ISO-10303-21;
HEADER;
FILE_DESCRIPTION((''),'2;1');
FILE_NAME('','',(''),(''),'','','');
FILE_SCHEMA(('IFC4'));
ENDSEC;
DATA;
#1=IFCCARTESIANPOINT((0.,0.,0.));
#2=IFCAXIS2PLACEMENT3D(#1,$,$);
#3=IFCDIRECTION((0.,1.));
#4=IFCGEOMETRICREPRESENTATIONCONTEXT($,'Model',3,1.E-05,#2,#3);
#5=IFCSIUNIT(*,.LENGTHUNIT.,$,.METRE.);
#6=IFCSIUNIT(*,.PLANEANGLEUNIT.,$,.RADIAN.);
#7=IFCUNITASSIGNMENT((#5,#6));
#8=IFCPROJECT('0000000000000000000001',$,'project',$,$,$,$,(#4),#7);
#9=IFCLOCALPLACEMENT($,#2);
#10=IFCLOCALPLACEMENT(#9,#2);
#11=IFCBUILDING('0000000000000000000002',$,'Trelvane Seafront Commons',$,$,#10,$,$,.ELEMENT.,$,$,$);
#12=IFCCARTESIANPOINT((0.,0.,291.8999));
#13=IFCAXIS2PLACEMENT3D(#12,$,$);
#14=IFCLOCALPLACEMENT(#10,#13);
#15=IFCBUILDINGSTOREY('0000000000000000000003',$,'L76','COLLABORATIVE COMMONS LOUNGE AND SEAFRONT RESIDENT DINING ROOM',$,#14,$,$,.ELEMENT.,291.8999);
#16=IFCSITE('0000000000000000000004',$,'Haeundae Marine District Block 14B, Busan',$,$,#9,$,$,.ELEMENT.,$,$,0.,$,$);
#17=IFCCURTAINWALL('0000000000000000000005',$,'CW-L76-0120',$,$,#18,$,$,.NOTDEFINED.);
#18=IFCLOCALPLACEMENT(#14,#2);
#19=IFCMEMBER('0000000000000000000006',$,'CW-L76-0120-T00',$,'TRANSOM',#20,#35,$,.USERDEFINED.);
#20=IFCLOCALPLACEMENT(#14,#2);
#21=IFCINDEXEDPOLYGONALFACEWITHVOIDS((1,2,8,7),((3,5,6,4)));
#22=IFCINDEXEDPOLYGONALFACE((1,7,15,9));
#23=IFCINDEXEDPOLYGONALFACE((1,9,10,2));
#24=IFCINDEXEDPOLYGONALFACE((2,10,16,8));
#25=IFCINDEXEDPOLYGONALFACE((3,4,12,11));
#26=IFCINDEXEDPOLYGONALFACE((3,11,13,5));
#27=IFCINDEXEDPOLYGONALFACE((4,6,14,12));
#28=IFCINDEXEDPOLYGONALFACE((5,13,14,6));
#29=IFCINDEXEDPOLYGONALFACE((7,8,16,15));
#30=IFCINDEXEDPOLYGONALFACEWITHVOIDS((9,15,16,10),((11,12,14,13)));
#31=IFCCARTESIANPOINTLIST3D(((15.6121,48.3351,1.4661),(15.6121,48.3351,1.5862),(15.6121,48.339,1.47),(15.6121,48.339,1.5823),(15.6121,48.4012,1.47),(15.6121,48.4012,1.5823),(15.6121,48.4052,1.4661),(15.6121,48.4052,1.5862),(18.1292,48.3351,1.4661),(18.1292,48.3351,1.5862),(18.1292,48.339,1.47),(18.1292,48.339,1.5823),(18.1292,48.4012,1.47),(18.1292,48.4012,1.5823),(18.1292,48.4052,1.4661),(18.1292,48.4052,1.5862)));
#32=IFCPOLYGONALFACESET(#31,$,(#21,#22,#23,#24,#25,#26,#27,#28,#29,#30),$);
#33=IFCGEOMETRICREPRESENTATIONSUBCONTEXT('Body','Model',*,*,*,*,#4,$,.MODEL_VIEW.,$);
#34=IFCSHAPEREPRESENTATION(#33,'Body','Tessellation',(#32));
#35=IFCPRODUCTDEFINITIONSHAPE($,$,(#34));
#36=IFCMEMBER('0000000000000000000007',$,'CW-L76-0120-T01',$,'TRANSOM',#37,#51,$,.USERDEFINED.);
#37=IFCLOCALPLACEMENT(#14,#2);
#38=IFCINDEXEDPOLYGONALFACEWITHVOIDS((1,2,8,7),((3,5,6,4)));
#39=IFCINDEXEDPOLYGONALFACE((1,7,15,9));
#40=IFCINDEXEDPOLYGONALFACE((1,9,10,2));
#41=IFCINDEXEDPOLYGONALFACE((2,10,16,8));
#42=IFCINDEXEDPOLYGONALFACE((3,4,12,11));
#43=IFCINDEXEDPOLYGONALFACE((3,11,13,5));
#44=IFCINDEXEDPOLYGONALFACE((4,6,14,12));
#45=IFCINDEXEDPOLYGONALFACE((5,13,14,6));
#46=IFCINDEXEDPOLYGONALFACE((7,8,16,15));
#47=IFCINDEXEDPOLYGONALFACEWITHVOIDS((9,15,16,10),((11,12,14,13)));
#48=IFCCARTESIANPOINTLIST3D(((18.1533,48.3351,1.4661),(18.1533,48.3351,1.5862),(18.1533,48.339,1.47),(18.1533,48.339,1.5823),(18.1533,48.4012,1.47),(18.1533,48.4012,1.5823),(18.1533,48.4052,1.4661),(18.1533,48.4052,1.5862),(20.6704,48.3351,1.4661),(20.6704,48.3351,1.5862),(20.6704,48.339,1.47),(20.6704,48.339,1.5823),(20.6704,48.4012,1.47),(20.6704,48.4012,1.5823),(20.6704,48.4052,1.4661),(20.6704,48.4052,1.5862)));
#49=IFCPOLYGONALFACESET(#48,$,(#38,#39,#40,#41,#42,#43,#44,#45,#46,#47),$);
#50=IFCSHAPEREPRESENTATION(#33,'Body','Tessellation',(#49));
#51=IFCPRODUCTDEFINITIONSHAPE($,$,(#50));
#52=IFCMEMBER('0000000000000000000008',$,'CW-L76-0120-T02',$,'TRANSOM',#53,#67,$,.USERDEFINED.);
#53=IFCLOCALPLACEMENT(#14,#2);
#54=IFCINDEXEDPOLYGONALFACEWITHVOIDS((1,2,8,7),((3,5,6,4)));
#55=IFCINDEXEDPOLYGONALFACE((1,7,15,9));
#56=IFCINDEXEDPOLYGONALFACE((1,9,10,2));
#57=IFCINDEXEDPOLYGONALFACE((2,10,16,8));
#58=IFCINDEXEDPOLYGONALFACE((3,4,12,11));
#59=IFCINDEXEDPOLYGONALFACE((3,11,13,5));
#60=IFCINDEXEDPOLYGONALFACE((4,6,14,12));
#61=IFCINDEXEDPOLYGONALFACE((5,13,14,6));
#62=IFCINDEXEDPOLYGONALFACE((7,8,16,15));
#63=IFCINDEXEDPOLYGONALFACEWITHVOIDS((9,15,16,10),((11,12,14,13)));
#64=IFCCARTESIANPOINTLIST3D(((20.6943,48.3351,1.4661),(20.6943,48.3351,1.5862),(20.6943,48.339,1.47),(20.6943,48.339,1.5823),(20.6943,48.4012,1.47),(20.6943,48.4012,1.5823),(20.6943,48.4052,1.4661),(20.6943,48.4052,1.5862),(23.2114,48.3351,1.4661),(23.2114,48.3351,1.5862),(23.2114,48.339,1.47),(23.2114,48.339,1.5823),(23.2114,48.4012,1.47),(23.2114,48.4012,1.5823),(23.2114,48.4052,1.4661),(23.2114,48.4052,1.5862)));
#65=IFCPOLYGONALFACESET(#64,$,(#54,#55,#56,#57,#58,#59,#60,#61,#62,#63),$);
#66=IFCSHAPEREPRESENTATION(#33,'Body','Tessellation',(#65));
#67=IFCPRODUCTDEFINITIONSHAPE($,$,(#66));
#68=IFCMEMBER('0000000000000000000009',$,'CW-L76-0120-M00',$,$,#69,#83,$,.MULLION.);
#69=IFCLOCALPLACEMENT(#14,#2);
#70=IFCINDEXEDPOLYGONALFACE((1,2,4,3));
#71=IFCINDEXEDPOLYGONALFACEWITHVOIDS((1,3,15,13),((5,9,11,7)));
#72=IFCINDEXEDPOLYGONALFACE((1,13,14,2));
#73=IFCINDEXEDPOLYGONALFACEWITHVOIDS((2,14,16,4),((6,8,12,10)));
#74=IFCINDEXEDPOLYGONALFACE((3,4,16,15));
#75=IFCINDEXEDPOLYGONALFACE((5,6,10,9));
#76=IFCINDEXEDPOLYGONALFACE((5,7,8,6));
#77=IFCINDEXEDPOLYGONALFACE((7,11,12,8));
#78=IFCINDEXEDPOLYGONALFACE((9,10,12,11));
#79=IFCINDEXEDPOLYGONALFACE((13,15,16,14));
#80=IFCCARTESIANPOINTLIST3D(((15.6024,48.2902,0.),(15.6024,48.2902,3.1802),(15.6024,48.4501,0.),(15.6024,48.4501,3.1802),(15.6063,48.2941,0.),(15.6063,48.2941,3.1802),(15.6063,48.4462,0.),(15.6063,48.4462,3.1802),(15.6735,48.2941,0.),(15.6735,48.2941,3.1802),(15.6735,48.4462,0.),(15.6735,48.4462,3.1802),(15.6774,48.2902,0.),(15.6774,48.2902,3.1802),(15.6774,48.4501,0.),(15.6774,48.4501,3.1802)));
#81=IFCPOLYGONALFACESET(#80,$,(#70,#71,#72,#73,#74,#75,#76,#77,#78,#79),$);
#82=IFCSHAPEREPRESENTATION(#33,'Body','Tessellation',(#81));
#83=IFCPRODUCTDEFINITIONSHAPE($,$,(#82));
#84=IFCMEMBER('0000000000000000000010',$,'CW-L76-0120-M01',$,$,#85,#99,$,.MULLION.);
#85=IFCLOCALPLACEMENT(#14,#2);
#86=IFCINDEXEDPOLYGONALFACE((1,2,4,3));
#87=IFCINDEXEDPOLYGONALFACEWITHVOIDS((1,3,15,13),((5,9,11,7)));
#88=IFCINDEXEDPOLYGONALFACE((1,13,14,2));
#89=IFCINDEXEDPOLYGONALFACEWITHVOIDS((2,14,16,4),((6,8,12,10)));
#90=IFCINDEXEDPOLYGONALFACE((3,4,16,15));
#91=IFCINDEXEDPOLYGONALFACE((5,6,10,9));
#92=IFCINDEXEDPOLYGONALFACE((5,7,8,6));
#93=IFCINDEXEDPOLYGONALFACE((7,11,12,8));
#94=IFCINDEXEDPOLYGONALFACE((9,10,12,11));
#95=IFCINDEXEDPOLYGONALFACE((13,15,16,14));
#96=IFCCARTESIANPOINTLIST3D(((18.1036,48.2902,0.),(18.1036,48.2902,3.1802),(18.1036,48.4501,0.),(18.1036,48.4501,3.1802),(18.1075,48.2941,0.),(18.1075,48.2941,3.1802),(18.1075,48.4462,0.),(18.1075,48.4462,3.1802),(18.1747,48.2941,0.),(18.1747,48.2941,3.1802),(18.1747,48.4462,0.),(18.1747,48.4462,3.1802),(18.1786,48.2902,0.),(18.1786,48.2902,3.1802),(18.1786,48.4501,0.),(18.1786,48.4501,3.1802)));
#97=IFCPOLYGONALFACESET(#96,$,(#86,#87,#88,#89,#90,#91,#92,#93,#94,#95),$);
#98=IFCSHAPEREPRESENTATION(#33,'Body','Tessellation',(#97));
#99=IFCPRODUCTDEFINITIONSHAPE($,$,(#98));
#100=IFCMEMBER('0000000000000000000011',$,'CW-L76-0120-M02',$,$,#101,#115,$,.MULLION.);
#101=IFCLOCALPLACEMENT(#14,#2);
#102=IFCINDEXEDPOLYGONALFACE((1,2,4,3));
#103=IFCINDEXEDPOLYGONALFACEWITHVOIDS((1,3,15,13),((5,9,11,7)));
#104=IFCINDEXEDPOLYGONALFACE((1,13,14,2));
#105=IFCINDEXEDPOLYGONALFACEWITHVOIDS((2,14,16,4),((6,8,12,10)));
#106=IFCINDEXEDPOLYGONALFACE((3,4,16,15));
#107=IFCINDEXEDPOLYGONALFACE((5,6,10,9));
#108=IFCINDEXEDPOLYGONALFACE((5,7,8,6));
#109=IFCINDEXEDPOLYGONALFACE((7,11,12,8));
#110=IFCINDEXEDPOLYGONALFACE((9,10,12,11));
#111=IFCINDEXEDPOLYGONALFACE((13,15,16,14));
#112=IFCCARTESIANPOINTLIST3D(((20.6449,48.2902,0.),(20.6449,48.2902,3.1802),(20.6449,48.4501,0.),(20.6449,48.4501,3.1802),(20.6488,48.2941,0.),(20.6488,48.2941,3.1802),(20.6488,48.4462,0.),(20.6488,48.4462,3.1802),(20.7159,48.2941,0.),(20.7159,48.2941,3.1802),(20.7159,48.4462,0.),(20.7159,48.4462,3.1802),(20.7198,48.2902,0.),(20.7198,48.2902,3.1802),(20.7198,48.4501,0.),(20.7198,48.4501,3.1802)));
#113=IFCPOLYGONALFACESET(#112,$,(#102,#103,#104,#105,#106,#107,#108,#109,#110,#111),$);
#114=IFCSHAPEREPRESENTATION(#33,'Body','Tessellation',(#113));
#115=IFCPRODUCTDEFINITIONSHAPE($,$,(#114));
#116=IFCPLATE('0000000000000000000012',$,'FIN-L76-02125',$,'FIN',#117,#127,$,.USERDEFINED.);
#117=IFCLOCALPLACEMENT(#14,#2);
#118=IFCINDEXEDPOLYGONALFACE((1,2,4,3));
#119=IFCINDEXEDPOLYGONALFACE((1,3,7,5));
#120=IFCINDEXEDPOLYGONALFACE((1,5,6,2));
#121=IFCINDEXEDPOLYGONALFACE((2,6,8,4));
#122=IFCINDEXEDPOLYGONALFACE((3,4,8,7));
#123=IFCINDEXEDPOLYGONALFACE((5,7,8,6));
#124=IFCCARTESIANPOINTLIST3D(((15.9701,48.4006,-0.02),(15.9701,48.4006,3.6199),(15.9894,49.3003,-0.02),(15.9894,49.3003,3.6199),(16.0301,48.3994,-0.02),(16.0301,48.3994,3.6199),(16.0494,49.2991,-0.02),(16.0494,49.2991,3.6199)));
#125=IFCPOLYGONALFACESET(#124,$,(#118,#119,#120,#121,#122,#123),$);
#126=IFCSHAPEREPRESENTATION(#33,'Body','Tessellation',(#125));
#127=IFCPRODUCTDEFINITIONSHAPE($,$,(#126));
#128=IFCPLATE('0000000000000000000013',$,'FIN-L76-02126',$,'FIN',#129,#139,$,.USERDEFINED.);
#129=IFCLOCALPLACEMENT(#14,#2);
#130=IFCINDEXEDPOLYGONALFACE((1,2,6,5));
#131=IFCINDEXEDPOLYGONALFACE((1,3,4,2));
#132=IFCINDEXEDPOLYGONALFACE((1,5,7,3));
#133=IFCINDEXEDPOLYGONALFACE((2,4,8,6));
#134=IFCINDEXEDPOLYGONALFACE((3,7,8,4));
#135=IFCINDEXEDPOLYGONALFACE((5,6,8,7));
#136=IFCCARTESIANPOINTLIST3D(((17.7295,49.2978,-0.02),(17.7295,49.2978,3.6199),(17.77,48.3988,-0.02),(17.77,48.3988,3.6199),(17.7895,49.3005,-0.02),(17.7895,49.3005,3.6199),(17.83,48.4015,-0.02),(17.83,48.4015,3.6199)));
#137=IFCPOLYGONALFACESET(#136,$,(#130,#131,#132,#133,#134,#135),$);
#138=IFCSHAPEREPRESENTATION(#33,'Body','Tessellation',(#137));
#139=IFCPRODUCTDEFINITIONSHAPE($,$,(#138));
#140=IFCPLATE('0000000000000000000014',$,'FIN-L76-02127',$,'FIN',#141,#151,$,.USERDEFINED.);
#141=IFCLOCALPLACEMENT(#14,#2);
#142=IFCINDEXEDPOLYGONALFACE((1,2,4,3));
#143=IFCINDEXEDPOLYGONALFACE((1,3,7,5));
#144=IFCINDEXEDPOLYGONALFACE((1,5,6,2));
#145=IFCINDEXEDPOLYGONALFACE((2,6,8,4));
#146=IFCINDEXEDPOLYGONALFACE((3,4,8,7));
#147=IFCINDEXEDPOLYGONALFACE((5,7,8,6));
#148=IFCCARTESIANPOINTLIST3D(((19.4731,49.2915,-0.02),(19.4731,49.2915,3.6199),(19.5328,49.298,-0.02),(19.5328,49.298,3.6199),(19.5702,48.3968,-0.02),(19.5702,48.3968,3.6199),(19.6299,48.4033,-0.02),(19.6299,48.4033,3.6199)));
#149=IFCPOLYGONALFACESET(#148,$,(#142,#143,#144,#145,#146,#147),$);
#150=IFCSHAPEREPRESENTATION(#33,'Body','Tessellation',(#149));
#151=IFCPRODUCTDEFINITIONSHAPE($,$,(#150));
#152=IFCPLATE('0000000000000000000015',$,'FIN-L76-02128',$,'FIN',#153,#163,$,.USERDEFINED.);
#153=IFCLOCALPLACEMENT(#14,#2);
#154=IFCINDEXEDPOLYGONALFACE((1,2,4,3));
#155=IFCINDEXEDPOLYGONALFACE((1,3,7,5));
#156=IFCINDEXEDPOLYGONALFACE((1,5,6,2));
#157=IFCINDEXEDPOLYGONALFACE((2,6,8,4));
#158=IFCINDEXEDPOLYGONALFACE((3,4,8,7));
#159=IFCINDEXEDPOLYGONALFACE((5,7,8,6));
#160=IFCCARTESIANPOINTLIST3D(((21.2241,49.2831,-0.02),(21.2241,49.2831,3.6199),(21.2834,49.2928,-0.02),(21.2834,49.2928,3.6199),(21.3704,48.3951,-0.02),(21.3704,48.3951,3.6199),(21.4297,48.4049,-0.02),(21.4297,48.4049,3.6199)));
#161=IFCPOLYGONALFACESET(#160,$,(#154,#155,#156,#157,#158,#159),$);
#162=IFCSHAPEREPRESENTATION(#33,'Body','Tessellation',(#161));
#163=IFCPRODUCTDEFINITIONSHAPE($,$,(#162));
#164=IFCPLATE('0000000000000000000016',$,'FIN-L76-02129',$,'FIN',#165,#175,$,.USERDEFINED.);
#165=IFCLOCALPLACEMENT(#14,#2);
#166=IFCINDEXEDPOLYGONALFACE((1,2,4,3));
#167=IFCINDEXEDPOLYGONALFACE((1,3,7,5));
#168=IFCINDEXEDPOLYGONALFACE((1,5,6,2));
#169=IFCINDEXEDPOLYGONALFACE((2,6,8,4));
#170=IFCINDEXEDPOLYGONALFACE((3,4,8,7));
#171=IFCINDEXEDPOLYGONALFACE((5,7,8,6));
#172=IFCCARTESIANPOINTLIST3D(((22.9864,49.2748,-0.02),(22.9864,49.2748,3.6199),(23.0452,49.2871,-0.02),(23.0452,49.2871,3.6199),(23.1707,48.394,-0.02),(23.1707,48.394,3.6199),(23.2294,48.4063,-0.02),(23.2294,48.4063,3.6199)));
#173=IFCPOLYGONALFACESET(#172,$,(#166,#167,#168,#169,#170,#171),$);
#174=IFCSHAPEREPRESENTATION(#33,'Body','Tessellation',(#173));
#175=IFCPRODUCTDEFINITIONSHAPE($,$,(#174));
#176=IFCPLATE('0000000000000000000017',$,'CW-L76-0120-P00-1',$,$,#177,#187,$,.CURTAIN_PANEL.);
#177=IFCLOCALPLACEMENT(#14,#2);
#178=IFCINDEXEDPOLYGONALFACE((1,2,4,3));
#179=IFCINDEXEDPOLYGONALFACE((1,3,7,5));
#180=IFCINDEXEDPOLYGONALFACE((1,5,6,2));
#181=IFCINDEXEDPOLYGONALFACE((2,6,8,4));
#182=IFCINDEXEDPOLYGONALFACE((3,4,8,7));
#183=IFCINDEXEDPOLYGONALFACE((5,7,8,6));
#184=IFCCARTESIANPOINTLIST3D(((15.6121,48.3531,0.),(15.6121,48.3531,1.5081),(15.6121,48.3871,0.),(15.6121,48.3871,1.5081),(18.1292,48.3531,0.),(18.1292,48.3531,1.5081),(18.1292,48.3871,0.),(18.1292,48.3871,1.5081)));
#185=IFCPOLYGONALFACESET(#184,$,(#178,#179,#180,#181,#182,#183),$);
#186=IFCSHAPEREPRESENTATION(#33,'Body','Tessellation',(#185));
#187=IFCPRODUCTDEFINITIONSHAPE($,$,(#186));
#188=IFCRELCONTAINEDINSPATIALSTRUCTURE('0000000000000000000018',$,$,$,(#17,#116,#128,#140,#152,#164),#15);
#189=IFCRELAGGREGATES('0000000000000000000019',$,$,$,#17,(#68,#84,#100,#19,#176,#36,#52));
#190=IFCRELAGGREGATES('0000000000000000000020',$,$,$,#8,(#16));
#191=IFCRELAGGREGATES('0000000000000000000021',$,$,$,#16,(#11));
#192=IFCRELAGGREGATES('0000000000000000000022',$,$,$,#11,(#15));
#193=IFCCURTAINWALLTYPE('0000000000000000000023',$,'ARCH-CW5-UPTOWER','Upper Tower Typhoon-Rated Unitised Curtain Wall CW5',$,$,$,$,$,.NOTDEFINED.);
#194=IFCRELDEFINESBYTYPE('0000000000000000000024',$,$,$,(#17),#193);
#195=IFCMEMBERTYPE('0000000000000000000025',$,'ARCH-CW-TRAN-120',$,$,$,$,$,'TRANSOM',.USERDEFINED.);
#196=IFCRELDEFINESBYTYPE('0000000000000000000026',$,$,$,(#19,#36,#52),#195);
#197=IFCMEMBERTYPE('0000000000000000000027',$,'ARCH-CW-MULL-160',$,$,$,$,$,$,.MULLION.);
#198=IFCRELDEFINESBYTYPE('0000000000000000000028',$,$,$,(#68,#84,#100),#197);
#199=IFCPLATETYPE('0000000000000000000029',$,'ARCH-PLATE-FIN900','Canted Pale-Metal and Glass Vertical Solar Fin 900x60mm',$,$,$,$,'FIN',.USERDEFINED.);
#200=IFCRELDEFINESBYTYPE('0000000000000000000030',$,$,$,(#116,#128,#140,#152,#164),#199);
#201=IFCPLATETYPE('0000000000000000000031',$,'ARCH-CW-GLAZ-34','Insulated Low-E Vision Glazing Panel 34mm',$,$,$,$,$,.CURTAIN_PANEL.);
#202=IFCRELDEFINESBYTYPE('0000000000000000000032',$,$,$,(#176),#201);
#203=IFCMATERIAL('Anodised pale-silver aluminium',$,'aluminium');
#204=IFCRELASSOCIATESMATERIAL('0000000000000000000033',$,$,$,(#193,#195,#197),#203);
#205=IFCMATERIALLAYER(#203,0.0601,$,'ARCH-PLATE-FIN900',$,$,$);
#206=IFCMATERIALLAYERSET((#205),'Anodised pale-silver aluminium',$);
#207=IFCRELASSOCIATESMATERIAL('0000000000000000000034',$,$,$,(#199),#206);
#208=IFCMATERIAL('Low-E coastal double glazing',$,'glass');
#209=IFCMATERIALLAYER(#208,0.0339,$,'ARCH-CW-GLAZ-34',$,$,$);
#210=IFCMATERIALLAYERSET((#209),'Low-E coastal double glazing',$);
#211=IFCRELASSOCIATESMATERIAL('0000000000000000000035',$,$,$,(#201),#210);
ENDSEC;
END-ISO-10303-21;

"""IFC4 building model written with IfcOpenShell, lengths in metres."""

from ifc_helpers import new_model, si_unit, direction, frame, origin, origin_2d, place, context, subcontext, project, spatial, rectangle, hollow_rectangle, extrude, source, transform, mapped, material, layer, layer_set, material_profile, profile_set, type_object, element, aggregate, save


model = new_model("IFC4")

# Units and contexts
model_context = context("Model", 3, precision=1e-05, world=origin(), true_north=direction((0.0, 1.0)))
body_context = subcontext(model_context, "Body", "Model", "MODEL_VIEW")
ifc_project = project(units=[si_unit("LENGTHUNIT", "METRE"), si_unit("PLANEANGLEUNIT", "RADIAN")], contexts=[model_context])

# Site, building, storey
site_placement = place(None, origin())
site = spatial("IfcSite", under=ifc_project, at=site_placement, Name="Haeundae Marine District Block 14B, Busan", CompositionType="ELEMENT", RefElevation=0.0)
building_placement = place(site_placement, origin())
building = spatial("IfcBuilding", under=site, at=building_placement, Name="Trelvane Seafront Commons", CompositionType="ELEMENT")
storey_placement = place(building_placement, frame((0.0, 0.0, 291.8999)))
storey = spatial("IfcBuildingStorey", under=building, at=storey_placement, Name="L76", Description="COLLABORATIVE COMMONS LOUNGE AND SEAFRONT RESIDENT DINING ROOM", CompositionType="ELEMENT", Elevation=291.8999)

# Curtain wall, members
ifc_material_1 = material(Name="Anodised pale-silver aluminium", Category="aluminium")
curtain_wall_type = type_object("IfcCurtainWallType", Name="ARCH-CW5-UPTOWER", Description="Upper Tower Typhoon-Rated Unitised Curtain Wall CW5", PredefinedType="NOTDEFINED", material=ifc_material_1)
curtain_wall_placement = place(storey_placement, origin())
curtain_wall = element("IfcCurtainWall", 1, at=curtain_wall_placement, inside=storey, type_object=curtain_wall_type, Name="CW-L76-0120", PredefinedType="NOTDEFINED")
ifc_material_profile_1 = material_profile(ifc_material_1, hollow_rectangle(XDim=0.0701, YDim=0.1201, WallThickness=0.0039, at=origin_2d()), Name="TRAN-70x120x4")
ifc_profile_set_1 = profile_set([ifc_material_profile_1], Name="Anodised pale-silver aluminium")
member_type_1 = type_object("IfcMemberType", Name="ARCH-CW-TRAN-120", ElementType="TRANSOM", PredefinedType="USERDEFINED", material=ifc_profile_set_1)
shared_shape_1 = source(origin(), body_context, "Body", "SweptSolid", [
    extrude(hollow_rectangle(XDim=0.0701, YDim=0.1201, WallThickness=0.0039, at=origin_2d()), origin(), (0.0, 0.0, 1.0), 2.5171),
])
member_1_placement = place(storey_placement, frame((15.6121, 48.3701, 1.5261), z_axis=(1.0, 0.0, 0.0), x_axis=(0.0, 1.0, 0.0)))
member_1 = element("IfcMember", 2, at=member_1_placement, type_object=member_type_1, Name="CW-L76-0120-T00", ObjectType="TRANSOM", PredefinedType="USERDEFINED", context=body_context, shape_type="MappedRepresentation", body=[
    mapped(shared_shape_1, transform((0.0, 0.0, 0.0), x_axis=(1.0, 0.0, 0.0), y_axis=(0.0, 1.0, 0.0), z_axis=(0.0, 0.0, 1.0), scale=1.0)),
])
member_2_placement = place(storey_placement, frame((18.1533, 48.3701, 1.5261), z_axis=(1.0, 0.0, 0.0), x_axis=(0.0, 1.0, 0.0)))
member_2 = element("IfcMember", 3, at=member_2_placement, type_object=member_type_1, Name="CW-L76-0120-T01", ObjectType="TRANSOM", PredefinedType="USERDEFINED", context=body_context, shape_type="MappedRepresentation", body=[
    mapped(shared_shape_1, transform((0.0, 0.0, 0.0), x_axis=(1.0, 0.0, 0.0), y_axis=(0.0, 1.0, 0.0), z_axis=(0.0, 0.0, 1.0), scale=1.0)),
])
member_3_placement = place(storey_placement, frame((20.6943, 48.3701, 1.5261), z_axis=(1.0, 0.0, 0.0), x_axis=(0.0, 1.0, 0.0)))
member_3 = element("IfcMember", 4, at=member_3_placement, type_object=member_type_1, Name="CW-L76-0120-T02", ObjectType="TRANSOM", PredefinedType="USERDEFINED", context=body_context, shape_type="MappedRepresentation", body=[
    mapped(shared_shape_1, transform((0.0, 0.0, 0.0), x_axis=(1.0, 0.0, 0.0), y_axis=(0.0, 1.0, 0.0), z_axis=(0.0, 0.0, 1.0), scale=1.0)),
])
ifc_material_profile_2 = material_profile(ifc_material_1, hollow_rectangle(XDim=0.075, YDim=0.1599, WallThickness=0.0039, at=origin_2d()), Name="MULL-75x160x4")
ifc_profile_set_2 = profile_set([ifc_material_profile_2], Name="Anodised pale-silver aluminium")
member_type_2 = type_object("IfcMemberType", Name="ARCH-CW-MULL-160", PredefinedType="MULLION", material=ifc_profile_set_2)
shared_shape_2 = source(origin(), body_context, "Body", "SweptSolid", [
    extrude(hollow_rectangle(XDim=0.075, YDim=0.1599, WallThickness=0.0039, at=origin_2d()), origin(), (0.0, 0.0, 1.0), 3.1802),
])
member_4_placement = place(storey_placement, frame((15.6399, 48.3701, 0.0), z_axis=(0.0, 0.0, 1.0), x_axis=(1.0, 0.0, 0.0)))
member_4 = element("IfcMember", 5, at=member_4_placement, type_object=member_type_2, Name="CW-L76-0120-M00", PredefinedType="MULLION", context=body_context, shape_type="MappedRepresentation", body=[
    mapped(shared_shape_2, transform((0.0, 0.0, 0.0), x_axis=(1.0, 0.0, 0.0), y_axis=(0.0, 1.0, 0.0), z_axis=(0.0, 0.0, 1.0), scale=1.0)),
])
member_5_placement = place(storey_placement, frame((18.1411, 48.3701, 0.0), z_axis=(0.0, 0.0, 1.0), x_axis=(1.0, 0.0, 0.0)))
member_5 = element("IfcMember", 6, at=member_5_placement, type_object=member_type_2, Name="CW-L76-0120-M01", PredefinedType="MULLION", context=body_context, shape_type="MappedRepresentation", body=[
    mapped(shared_shape_2, transform((0.0, 0.0, 0.0), x_axis=(1.0, 0.0, 0.0), y_axis=(0.0, 1.0, 0.0), z_axis=(0.0, 0.0, 1.0), scale=1.0)),
])
member_6_placement = place(storey_placement, frame((20.6824, 48.3701, 0.0), z_axis=(0.0, 0.0, 1.0), x_axis=(1.0, 0.0, 0.0)))
member_6 = element("IfcMember", 7, at=member_6_placement, type_object=member_type_2, Name="CW-L76-0120-M02", PredefinedType="MULLION", context=body_context, shape_type="MappedRepresentation", body=[
    mapped(shared_shape_2, transform((0.0, 0.0, 0.0), x_axis=(1.0, 0.0, 0.0), y_axis=(0.0, 1.0, 0.0), z_axis=(0.0, 0.0, 1.0), scale=1.0)),
])

# Plates
ifc_layer_1 = layer(ifc_material_1, 0.0601, Name="ARCH-PLATE-FIN900")
ifc_layer_set_1 = layer_set([ifc_layer_1], Name="Anodised pale-silver aluminium")
plate_type_1 = type_object("IfcPlateType", Name="ARCH-PLATE-FIN900", Description="Canted Pale-Metal and Glass Vertical Solar Fin 900x60mm", ElementType="FIN", PredefinedType="USERDEFINED", material=ifc_layer_set_1)
shared_shape_3 = source(origin(), body_context, "Body", "SweptSolid", [
    extrude(rectangle(XDim=0.8999, YDim=0.0601, at=origin_2d()), origin(), (0.0, 0.0, 1.0), 3.6399),
])
for number, where, z_axis, x_axis, name in (
    (8, (16.0098, 48.8499, -0.02), (0.0, 0.0, 1.0), (0.021445, 0.99977, 0.0), "FIN-L76-02125"),
    (9, (17.7798, 48.8496, -0.02), (0.0, 0.0, 1.0), (-0.044999, 0.998987, 0.0), "FIN-L76-02126"),
    (10, (19.5515, 48.8474, -0.02), (0.0, 0.0, 1.0), (-0.107895, 0.994162, 0.0), "FIN-L76-02127"),
    (11, (21.3269, 48.844, -0.02), (0.0, 0.0, 1.0), (-0.162561, 0.986698, 0.0), "FIN-L76-02128"),
    (12, (23.1079, 48.8406, -0.02), (0.0, 0.0, 1.0), (-0.204785, 0.978807, 0.0), "FIN-L76-02129"),
):
    element("IfcPlate", number, at=place(storey_placement, frame(where, z_axis=z_axis, x_axis=x_axis)), inside=storey, type_object=plate_type_1, Name=name, ObjectType="FIN", PredefinedType="USERDEFINED", context=body_context, shape_type="MappedRepresentation", body=[
        mapped(shared_shape_3, transform((0.0, 0.0, 0.0), x_axis=(1.0, 0.0, 0.0), y_axis=(0.0, 1.0, 0.0), z_axis=(0.0, 0.0, 1.0), scale=1.0)),
    ])

# Plate
ifc_material_2 = material(Name="Low-E coastal double glazing", Category="glass")
ifc_layer_2 = layer(ifc_material_2, 0.0339, Name="ARCH-CW-GLAZ-34")
ifc_layer_set_2 = layer_set([ifc_layer_2], Name="Low-E coastal double glazing")
plate_type_2 = type_object("IfcPlateType", Name="ARCH-CW-GLAZ-34", Description="Insulated Low-E Vision Glazing Panel 34mm", PredefinedType="CURTAIN_PANEL", material=ifc_layer_set_2)
shared_shape_4 = source(origin(), body_context, "Body", "SweptSolid", [
    extrude(rectangle(XDim=2.5171, YDim=0.0339, at=origin_2d()), origin(), (0.0, 0.0, 1.0), 1.5081),
])
plate_1_placement = place(storey_placement, frame((16.8706, 48.3701, 0.0), z_axis=(0.0, 0.0, 1.0), x_axis=(1.0, 0.0, 0.0)))
plate_1 = element("IfcPlate", 13, at=plate_1_placement, type_object=plate_type_2, Name="CW-L76-0120-P00-1", PredefinedType="CURTAIN_PANEL", context=body_context, shape_type="MappedRepresentation", body=[
    mapped(shared_shape_4, transform((0.0, 0.0, 0.0), x_axis=(1.0, 0.0, 0.0), y_axis=(0.0, 1.0, 0.0), z_axis=(0.0, 0.0, 1.0), scale=1.0)),
])
aggregate(curtain_wall, [member_4, member_5, member_6, member_1, plate_1, member_2, member_3])

save(model, "model.ifc")
